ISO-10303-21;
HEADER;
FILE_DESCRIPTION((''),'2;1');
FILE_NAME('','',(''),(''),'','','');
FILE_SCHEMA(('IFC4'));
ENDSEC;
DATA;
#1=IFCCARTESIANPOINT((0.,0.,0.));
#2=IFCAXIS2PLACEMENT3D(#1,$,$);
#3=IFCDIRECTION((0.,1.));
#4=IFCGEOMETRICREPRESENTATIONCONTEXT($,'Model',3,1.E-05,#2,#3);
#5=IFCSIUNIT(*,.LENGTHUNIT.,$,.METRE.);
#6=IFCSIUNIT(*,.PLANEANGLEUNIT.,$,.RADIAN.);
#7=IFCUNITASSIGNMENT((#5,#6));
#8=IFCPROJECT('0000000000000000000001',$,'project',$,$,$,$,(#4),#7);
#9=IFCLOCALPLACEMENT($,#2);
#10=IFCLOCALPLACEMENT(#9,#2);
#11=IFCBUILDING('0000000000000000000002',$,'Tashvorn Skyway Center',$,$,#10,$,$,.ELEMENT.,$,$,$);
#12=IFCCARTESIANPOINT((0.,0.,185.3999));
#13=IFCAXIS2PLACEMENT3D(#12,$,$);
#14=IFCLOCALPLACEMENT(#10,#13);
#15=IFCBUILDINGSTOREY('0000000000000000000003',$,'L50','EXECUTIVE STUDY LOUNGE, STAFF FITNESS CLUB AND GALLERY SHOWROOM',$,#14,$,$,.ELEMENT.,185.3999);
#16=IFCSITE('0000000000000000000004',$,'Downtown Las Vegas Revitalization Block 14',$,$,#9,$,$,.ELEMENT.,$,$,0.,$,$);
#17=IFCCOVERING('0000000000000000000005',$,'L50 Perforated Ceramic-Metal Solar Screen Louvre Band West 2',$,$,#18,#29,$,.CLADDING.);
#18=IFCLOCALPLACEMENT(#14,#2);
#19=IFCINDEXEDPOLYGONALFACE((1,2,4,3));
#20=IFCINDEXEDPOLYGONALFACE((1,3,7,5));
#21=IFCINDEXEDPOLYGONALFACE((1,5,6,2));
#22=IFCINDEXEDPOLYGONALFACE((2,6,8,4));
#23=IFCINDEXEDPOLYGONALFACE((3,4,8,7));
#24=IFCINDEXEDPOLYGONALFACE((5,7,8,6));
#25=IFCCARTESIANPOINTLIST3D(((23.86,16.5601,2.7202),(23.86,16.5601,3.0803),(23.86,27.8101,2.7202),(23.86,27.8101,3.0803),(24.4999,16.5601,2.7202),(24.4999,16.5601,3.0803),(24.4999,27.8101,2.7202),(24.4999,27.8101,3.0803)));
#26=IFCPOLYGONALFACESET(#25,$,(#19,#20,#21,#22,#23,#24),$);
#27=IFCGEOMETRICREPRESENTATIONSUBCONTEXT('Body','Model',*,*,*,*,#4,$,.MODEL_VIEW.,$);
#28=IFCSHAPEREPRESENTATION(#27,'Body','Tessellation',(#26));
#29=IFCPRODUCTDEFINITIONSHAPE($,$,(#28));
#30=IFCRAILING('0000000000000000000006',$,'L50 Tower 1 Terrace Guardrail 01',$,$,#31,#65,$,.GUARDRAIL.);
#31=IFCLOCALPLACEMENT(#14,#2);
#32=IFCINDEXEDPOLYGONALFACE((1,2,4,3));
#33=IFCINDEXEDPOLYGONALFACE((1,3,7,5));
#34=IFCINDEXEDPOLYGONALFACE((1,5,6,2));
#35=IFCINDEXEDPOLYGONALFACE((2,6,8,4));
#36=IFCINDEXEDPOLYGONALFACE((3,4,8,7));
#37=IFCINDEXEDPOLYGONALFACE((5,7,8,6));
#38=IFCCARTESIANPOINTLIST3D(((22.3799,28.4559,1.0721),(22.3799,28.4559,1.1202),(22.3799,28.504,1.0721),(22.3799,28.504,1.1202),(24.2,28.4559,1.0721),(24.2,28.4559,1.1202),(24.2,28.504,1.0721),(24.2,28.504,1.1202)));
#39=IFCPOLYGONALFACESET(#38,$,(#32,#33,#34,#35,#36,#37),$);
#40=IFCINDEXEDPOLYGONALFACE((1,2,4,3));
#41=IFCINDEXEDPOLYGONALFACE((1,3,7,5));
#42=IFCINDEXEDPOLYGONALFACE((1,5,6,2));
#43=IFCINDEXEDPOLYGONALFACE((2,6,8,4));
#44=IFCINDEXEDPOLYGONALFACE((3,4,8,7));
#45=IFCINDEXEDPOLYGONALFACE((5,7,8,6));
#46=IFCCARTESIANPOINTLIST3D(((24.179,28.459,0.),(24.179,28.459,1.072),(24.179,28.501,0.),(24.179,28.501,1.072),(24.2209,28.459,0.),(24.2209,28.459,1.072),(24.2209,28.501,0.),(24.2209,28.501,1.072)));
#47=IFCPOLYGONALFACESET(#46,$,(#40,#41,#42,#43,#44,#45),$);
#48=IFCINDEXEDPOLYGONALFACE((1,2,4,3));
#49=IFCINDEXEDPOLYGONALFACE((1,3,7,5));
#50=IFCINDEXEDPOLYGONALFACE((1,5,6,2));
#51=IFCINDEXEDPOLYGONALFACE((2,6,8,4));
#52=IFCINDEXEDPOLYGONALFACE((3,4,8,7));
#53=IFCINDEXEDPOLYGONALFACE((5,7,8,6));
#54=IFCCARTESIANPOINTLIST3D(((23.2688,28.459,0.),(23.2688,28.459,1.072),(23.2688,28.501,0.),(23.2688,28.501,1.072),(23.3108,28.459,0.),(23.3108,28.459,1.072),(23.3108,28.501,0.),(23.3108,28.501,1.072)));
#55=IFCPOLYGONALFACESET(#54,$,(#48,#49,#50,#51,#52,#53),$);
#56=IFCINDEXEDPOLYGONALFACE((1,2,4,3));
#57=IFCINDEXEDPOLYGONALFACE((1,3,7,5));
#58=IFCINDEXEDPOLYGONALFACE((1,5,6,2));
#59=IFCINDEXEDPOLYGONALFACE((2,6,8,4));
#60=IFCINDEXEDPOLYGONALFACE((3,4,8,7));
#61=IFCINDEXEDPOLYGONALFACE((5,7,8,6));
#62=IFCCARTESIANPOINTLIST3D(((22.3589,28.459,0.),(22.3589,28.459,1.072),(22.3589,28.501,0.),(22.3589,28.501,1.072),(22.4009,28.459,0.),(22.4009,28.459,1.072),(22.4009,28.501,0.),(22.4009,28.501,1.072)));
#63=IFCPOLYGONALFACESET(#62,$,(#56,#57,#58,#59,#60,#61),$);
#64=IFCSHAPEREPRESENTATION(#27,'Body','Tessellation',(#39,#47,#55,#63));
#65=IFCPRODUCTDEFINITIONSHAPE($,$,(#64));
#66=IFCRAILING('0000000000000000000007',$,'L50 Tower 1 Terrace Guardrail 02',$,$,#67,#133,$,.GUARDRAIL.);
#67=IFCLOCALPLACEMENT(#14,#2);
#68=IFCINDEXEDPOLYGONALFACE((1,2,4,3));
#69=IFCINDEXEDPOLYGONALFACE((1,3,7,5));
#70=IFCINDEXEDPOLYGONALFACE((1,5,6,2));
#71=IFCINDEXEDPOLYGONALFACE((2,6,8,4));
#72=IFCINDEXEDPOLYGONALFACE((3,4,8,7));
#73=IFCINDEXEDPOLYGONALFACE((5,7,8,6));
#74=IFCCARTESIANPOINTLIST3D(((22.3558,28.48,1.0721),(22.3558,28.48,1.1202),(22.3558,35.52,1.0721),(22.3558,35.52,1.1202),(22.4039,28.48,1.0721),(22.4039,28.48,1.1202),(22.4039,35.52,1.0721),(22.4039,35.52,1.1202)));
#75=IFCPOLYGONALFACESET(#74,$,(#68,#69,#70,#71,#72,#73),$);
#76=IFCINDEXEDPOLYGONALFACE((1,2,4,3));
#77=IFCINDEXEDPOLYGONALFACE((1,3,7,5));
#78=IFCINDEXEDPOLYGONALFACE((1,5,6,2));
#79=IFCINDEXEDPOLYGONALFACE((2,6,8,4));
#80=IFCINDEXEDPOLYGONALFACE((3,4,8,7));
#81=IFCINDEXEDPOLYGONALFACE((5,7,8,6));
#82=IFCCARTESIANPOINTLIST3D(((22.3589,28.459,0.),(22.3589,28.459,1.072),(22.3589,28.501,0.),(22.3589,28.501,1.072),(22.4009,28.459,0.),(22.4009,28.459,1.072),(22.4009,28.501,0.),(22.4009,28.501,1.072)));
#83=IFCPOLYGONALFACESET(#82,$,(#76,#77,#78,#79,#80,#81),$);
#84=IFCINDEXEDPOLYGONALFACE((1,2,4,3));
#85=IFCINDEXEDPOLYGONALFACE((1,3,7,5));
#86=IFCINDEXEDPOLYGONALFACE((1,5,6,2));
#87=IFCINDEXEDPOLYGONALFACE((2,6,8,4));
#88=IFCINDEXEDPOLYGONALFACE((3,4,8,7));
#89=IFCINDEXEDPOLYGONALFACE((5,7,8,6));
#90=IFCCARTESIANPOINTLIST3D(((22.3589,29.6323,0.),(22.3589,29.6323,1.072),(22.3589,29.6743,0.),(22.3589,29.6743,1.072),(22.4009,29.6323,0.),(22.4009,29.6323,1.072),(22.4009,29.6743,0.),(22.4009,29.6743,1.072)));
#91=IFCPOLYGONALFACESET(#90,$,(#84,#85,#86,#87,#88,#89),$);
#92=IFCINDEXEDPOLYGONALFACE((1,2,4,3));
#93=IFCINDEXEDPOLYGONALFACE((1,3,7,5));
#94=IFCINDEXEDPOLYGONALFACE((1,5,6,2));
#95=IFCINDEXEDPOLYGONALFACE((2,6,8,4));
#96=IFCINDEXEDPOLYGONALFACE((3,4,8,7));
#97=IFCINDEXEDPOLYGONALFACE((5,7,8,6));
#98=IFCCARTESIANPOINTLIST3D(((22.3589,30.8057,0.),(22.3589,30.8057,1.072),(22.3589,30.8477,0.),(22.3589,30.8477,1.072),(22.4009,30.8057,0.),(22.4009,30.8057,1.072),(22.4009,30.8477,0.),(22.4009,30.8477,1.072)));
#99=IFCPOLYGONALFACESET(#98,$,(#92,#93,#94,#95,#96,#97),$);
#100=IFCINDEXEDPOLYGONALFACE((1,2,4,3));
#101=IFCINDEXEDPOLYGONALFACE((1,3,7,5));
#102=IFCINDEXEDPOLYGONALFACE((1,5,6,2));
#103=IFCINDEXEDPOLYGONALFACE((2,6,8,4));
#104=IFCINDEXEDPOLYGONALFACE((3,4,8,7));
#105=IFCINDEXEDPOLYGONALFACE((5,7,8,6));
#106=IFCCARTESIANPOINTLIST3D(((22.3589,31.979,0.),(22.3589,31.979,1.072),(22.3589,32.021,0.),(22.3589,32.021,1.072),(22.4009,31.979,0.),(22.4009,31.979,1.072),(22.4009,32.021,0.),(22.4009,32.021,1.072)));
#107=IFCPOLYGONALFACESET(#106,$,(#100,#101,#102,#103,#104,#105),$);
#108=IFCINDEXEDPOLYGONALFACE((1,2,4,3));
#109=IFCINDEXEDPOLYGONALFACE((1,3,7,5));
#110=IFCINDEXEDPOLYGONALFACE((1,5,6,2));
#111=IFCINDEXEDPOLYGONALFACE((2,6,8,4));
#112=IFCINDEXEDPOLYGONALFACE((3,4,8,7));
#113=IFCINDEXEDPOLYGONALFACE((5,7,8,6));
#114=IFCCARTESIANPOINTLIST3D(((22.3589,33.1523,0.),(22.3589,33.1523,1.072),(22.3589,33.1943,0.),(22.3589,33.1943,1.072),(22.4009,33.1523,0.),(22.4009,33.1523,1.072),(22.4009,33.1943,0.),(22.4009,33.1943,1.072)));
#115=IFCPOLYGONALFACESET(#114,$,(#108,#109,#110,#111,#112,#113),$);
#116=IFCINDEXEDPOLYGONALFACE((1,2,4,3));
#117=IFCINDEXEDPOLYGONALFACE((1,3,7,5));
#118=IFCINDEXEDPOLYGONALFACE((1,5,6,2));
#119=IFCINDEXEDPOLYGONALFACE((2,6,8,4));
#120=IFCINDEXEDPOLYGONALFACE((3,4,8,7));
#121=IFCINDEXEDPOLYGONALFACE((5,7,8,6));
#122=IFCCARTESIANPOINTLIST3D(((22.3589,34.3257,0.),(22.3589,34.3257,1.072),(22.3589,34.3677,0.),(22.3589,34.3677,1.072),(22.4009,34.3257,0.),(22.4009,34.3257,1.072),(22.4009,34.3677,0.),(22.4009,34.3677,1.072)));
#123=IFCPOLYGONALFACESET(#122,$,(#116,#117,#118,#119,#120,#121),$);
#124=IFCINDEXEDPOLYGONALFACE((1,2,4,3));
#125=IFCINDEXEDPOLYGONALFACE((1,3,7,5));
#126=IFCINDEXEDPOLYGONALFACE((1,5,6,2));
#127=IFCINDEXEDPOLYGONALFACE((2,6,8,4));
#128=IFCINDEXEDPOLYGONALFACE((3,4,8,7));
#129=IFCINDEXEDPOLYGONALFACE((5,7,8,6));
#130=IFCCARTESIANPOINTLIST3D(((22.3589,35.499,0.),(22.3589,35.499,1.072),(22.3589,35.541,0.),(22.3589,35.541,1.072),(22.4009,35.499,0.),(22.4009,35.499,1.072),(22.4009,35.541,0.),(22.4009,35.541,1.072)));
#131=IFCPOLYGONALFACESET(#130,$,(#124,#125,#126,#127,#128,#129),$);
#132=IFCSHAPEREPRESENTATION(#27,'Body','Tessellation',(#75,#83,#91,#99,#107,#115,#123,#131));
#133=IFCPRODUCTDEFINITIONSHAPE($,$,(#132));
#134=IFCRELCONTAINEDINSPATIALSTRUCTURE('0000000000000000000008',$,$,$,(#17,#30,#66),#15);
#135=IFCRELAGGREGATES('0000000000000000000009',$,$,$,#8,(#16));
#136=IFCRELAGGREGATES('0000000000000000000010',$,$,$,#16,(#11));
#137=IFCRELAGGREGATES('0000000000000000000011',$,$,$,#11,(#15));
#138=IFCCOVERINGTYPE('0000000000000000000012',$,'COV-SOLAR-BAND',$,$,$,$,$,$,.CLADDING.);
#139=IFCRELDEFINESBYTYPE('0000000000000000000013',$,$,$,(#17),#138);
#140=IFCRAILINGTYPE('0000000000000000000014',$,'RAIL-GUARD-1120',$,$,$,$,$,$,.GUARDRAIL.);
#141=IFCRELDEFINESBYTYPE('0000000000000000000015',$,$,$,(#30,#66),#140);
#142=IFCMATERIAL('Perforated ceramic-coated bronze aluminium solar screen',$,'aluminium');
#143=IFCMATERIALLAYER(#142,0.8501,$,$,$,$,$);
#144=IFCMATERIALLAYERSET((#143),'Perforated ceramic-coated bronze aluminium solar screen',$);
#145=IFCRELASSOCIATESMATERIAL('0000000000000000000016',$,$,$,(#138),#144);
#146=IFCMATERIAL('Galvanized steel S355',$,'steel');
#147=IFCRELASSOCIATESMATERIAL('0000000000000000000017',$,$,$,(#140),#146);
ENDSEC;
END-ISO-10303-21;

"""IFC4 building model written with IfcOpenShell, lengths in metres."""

from ifc_helpers import new_model, si_unit, direction, frame, origin, origin_2d, place, context, subcontext, project, spatial, rectangle, extrude, material, layer, layer_set, type_object, element, save


model = new_model("IFC4")

# Units and contexts
model_context = context("Model", 3, precision=1e-05, world=origin(), true_north=direction((0.0, 1.0)))
body_context = subcontext(model_context, "Body", "Model", "MODEL_VIEW")
ifc_project = project(units=[si_unit("LENGTHUNIT", "METRE"), si_unit("PLANEANGLEUNIT", "RADIAN")], contexts=[model_context])

# Site, building, storey
site_placement = place(None, origin())
site = spatial("IfcSite", under=ifc_project, at=site_placement, Name="Downtown Las Vegas Revitalization Block 14", CompositionType="ELEMENT", RefElevation=0.0)
building_placement = place(site_placement, origin())
building = spatial("IfcBuilding", under=site, at=building_placement, Name="Tashvorn Skyway Center", CompositionType="ELEMENT")
storey_placement = place(building_placement, frame((0.0, 0.0, 185.3999)))
storey = spatial("IfcBuildingStorey", under=building, at=storey_placement, Name="L50", Description="EXECUTIVE STUDY LOUNGE, STAFF FITNESS CLUB AND GALLERY SHOWROOM", CompositionType="ELEMENT", Elevation=185.3999)

# Covering
ifc_material_1 = material(Name="Perforated ceramic-coated bronze aluminium solar screen", Category="aluminium")
ifc_layer_1 = layer(ifc_material_1, 0.8501)
ifc_layer_set_1 = layer_set([ifc_layer_1], Name="Perforated ceramic-coated bronze aluminium solar screen")
covering_type_1 = type_object("IfcCoveringType", Name="COV-SOLAR-BAND", PredefinedType="CLADDING", material=ifc_layer_set_1)
for number, where, z_axis, x_axis, name in (
    (1, (24.1799, 22.1851, 2.7202), (0.0, 0.0, 1.0), (0.0, 1.0, 0.0), "L50 Perforated Ceramic-Metal Solar Screen Louvre Band West 2"),
):
    element("IfcCovering", number, at=place(storey_placement, frame(where, z_axis=z_axis, x_axis=x_axis)), inside=storey, type_object=covering_type_1, Name=name, PredefinedType="CLADDING", context=body_context, shape_type="SweptSolid", body=[
        extrude(rectangle(XDim=11.25, YDim=0.6399, at=origin_2d()), origin(), (0.0, 0.0, 1.0), 0.3601),
    ])

# Railings
ifc_material_2 = material(Name="Galvanized steel S355", Category="steel")
railing_type = type_object("IfcRailingType", Name="RAIL-GUARD-1120", PredefinedType="GUARDRAIL", material=ifc_material_2)
railing_1_placement = place(storey_placement, frame((24.2, 28.48, 0.0)))
element("IfcRailing", 2, at=railing_1_placement, inside=storey, type_object=railing_type, Name="L50 Tower 1 Terrace Guardrail 01", PredefinedType="GUARDRAIL", context=body_context, shape_type="SweptSolid", body=[
    extrude(rectangle(XDim=0.0481, YDim=0.0481, at=origin_2d()), frame((0.0, 0.0, 1.0962), z_axis=(-1.0, 0.0, 0.0), x_axis=(0.0, -1.0, 0.0)), (0.0, 0.0, 1.0), 1.8201),
    extrude(rectangle(XDim=0.042, YDim=0.042, at=origin_2d()), origin(), (0.0, 0.0, 1.0), 1.072),
    extrude(rectangle(XDim=0.042, YDim=0.042, at=origin_2d()), frame((-0.9102, 0.0, 0.0)), (0.0, 0.0, 1.0), 1.072),
    extrude(rectangle(XDim=0.042, YDim=0.042, at=origin_2d()), frame((-1.8201, 0.0, 0.0)), (0.0, 0.0, 1.0), 1.072),
])
railing_2_placement = place(storey_placement, frame((22.3799, 28.48, 0.0)))
element("IfcRailing", 3, at=railing_2_placement, inside=storey, type_object=railing_type, Name="L50 Tower 1 Terrace Guardrail 02", PredefinedType="GUARDRAIL", context=body_context, shape_type="SweptSolid", body=[
    extrude(rectangle(XDim=0.0481, YDim=0.0481, at=origin_2d()), frame((0.0, 0.0, 1.0962), z_axis=(0.0, 1.0, 0.0), x_axis=(-1.0, 0.0, 0.0)), (0.0, 0.0, 1.0), 7.04),
    extrude(rectangle(XDim=0.042, YDim=0.042, at=origin_2d()), origin(), (0.0, 0.0, 1.0), 1.072),
    extrude(rectangle(XDim=0.042, YDim=0.042, at=origin_2d()), frame((0.0, 1.1733, 0.0)), (0.0, 0.0, 1.0), 1.072),
    extrude(rectangle(XDim=0.042, YDim=0.042, at=origin_2d()), frame((0.0, 2.3467, 0.0)), (0.0, 0.0, 1.0), 1.072),
    extrude(rectangle(XDim=0.042, YDim=0.042, at=origin_2d()), frame((0.0, 3.52, 0.0)), (0.0, 0.0, 1.0), 1.072),
    extrude(rectangle(XDim=0.042, YDim=0.042, at=origin_2d()), frame((0.0, 4.6934, 0.0)), (0.0, 0.0, 1.0), 1.072),
    extrude(rectangle(XDim=0.042, YDim=0.042, at=origin_2d()), frame((0.0, 5.8667, 0.0)), (0.0, 0.0, 1.0), 1.072),
    extrude(rectangle(XDim=0.042, YDim=0.042, at=origin_2d()), frame((0.0, 7.04, 0.0)), (0.0, 0.0, 1.0), 1.072),
])

save(model, "model.ifc")
